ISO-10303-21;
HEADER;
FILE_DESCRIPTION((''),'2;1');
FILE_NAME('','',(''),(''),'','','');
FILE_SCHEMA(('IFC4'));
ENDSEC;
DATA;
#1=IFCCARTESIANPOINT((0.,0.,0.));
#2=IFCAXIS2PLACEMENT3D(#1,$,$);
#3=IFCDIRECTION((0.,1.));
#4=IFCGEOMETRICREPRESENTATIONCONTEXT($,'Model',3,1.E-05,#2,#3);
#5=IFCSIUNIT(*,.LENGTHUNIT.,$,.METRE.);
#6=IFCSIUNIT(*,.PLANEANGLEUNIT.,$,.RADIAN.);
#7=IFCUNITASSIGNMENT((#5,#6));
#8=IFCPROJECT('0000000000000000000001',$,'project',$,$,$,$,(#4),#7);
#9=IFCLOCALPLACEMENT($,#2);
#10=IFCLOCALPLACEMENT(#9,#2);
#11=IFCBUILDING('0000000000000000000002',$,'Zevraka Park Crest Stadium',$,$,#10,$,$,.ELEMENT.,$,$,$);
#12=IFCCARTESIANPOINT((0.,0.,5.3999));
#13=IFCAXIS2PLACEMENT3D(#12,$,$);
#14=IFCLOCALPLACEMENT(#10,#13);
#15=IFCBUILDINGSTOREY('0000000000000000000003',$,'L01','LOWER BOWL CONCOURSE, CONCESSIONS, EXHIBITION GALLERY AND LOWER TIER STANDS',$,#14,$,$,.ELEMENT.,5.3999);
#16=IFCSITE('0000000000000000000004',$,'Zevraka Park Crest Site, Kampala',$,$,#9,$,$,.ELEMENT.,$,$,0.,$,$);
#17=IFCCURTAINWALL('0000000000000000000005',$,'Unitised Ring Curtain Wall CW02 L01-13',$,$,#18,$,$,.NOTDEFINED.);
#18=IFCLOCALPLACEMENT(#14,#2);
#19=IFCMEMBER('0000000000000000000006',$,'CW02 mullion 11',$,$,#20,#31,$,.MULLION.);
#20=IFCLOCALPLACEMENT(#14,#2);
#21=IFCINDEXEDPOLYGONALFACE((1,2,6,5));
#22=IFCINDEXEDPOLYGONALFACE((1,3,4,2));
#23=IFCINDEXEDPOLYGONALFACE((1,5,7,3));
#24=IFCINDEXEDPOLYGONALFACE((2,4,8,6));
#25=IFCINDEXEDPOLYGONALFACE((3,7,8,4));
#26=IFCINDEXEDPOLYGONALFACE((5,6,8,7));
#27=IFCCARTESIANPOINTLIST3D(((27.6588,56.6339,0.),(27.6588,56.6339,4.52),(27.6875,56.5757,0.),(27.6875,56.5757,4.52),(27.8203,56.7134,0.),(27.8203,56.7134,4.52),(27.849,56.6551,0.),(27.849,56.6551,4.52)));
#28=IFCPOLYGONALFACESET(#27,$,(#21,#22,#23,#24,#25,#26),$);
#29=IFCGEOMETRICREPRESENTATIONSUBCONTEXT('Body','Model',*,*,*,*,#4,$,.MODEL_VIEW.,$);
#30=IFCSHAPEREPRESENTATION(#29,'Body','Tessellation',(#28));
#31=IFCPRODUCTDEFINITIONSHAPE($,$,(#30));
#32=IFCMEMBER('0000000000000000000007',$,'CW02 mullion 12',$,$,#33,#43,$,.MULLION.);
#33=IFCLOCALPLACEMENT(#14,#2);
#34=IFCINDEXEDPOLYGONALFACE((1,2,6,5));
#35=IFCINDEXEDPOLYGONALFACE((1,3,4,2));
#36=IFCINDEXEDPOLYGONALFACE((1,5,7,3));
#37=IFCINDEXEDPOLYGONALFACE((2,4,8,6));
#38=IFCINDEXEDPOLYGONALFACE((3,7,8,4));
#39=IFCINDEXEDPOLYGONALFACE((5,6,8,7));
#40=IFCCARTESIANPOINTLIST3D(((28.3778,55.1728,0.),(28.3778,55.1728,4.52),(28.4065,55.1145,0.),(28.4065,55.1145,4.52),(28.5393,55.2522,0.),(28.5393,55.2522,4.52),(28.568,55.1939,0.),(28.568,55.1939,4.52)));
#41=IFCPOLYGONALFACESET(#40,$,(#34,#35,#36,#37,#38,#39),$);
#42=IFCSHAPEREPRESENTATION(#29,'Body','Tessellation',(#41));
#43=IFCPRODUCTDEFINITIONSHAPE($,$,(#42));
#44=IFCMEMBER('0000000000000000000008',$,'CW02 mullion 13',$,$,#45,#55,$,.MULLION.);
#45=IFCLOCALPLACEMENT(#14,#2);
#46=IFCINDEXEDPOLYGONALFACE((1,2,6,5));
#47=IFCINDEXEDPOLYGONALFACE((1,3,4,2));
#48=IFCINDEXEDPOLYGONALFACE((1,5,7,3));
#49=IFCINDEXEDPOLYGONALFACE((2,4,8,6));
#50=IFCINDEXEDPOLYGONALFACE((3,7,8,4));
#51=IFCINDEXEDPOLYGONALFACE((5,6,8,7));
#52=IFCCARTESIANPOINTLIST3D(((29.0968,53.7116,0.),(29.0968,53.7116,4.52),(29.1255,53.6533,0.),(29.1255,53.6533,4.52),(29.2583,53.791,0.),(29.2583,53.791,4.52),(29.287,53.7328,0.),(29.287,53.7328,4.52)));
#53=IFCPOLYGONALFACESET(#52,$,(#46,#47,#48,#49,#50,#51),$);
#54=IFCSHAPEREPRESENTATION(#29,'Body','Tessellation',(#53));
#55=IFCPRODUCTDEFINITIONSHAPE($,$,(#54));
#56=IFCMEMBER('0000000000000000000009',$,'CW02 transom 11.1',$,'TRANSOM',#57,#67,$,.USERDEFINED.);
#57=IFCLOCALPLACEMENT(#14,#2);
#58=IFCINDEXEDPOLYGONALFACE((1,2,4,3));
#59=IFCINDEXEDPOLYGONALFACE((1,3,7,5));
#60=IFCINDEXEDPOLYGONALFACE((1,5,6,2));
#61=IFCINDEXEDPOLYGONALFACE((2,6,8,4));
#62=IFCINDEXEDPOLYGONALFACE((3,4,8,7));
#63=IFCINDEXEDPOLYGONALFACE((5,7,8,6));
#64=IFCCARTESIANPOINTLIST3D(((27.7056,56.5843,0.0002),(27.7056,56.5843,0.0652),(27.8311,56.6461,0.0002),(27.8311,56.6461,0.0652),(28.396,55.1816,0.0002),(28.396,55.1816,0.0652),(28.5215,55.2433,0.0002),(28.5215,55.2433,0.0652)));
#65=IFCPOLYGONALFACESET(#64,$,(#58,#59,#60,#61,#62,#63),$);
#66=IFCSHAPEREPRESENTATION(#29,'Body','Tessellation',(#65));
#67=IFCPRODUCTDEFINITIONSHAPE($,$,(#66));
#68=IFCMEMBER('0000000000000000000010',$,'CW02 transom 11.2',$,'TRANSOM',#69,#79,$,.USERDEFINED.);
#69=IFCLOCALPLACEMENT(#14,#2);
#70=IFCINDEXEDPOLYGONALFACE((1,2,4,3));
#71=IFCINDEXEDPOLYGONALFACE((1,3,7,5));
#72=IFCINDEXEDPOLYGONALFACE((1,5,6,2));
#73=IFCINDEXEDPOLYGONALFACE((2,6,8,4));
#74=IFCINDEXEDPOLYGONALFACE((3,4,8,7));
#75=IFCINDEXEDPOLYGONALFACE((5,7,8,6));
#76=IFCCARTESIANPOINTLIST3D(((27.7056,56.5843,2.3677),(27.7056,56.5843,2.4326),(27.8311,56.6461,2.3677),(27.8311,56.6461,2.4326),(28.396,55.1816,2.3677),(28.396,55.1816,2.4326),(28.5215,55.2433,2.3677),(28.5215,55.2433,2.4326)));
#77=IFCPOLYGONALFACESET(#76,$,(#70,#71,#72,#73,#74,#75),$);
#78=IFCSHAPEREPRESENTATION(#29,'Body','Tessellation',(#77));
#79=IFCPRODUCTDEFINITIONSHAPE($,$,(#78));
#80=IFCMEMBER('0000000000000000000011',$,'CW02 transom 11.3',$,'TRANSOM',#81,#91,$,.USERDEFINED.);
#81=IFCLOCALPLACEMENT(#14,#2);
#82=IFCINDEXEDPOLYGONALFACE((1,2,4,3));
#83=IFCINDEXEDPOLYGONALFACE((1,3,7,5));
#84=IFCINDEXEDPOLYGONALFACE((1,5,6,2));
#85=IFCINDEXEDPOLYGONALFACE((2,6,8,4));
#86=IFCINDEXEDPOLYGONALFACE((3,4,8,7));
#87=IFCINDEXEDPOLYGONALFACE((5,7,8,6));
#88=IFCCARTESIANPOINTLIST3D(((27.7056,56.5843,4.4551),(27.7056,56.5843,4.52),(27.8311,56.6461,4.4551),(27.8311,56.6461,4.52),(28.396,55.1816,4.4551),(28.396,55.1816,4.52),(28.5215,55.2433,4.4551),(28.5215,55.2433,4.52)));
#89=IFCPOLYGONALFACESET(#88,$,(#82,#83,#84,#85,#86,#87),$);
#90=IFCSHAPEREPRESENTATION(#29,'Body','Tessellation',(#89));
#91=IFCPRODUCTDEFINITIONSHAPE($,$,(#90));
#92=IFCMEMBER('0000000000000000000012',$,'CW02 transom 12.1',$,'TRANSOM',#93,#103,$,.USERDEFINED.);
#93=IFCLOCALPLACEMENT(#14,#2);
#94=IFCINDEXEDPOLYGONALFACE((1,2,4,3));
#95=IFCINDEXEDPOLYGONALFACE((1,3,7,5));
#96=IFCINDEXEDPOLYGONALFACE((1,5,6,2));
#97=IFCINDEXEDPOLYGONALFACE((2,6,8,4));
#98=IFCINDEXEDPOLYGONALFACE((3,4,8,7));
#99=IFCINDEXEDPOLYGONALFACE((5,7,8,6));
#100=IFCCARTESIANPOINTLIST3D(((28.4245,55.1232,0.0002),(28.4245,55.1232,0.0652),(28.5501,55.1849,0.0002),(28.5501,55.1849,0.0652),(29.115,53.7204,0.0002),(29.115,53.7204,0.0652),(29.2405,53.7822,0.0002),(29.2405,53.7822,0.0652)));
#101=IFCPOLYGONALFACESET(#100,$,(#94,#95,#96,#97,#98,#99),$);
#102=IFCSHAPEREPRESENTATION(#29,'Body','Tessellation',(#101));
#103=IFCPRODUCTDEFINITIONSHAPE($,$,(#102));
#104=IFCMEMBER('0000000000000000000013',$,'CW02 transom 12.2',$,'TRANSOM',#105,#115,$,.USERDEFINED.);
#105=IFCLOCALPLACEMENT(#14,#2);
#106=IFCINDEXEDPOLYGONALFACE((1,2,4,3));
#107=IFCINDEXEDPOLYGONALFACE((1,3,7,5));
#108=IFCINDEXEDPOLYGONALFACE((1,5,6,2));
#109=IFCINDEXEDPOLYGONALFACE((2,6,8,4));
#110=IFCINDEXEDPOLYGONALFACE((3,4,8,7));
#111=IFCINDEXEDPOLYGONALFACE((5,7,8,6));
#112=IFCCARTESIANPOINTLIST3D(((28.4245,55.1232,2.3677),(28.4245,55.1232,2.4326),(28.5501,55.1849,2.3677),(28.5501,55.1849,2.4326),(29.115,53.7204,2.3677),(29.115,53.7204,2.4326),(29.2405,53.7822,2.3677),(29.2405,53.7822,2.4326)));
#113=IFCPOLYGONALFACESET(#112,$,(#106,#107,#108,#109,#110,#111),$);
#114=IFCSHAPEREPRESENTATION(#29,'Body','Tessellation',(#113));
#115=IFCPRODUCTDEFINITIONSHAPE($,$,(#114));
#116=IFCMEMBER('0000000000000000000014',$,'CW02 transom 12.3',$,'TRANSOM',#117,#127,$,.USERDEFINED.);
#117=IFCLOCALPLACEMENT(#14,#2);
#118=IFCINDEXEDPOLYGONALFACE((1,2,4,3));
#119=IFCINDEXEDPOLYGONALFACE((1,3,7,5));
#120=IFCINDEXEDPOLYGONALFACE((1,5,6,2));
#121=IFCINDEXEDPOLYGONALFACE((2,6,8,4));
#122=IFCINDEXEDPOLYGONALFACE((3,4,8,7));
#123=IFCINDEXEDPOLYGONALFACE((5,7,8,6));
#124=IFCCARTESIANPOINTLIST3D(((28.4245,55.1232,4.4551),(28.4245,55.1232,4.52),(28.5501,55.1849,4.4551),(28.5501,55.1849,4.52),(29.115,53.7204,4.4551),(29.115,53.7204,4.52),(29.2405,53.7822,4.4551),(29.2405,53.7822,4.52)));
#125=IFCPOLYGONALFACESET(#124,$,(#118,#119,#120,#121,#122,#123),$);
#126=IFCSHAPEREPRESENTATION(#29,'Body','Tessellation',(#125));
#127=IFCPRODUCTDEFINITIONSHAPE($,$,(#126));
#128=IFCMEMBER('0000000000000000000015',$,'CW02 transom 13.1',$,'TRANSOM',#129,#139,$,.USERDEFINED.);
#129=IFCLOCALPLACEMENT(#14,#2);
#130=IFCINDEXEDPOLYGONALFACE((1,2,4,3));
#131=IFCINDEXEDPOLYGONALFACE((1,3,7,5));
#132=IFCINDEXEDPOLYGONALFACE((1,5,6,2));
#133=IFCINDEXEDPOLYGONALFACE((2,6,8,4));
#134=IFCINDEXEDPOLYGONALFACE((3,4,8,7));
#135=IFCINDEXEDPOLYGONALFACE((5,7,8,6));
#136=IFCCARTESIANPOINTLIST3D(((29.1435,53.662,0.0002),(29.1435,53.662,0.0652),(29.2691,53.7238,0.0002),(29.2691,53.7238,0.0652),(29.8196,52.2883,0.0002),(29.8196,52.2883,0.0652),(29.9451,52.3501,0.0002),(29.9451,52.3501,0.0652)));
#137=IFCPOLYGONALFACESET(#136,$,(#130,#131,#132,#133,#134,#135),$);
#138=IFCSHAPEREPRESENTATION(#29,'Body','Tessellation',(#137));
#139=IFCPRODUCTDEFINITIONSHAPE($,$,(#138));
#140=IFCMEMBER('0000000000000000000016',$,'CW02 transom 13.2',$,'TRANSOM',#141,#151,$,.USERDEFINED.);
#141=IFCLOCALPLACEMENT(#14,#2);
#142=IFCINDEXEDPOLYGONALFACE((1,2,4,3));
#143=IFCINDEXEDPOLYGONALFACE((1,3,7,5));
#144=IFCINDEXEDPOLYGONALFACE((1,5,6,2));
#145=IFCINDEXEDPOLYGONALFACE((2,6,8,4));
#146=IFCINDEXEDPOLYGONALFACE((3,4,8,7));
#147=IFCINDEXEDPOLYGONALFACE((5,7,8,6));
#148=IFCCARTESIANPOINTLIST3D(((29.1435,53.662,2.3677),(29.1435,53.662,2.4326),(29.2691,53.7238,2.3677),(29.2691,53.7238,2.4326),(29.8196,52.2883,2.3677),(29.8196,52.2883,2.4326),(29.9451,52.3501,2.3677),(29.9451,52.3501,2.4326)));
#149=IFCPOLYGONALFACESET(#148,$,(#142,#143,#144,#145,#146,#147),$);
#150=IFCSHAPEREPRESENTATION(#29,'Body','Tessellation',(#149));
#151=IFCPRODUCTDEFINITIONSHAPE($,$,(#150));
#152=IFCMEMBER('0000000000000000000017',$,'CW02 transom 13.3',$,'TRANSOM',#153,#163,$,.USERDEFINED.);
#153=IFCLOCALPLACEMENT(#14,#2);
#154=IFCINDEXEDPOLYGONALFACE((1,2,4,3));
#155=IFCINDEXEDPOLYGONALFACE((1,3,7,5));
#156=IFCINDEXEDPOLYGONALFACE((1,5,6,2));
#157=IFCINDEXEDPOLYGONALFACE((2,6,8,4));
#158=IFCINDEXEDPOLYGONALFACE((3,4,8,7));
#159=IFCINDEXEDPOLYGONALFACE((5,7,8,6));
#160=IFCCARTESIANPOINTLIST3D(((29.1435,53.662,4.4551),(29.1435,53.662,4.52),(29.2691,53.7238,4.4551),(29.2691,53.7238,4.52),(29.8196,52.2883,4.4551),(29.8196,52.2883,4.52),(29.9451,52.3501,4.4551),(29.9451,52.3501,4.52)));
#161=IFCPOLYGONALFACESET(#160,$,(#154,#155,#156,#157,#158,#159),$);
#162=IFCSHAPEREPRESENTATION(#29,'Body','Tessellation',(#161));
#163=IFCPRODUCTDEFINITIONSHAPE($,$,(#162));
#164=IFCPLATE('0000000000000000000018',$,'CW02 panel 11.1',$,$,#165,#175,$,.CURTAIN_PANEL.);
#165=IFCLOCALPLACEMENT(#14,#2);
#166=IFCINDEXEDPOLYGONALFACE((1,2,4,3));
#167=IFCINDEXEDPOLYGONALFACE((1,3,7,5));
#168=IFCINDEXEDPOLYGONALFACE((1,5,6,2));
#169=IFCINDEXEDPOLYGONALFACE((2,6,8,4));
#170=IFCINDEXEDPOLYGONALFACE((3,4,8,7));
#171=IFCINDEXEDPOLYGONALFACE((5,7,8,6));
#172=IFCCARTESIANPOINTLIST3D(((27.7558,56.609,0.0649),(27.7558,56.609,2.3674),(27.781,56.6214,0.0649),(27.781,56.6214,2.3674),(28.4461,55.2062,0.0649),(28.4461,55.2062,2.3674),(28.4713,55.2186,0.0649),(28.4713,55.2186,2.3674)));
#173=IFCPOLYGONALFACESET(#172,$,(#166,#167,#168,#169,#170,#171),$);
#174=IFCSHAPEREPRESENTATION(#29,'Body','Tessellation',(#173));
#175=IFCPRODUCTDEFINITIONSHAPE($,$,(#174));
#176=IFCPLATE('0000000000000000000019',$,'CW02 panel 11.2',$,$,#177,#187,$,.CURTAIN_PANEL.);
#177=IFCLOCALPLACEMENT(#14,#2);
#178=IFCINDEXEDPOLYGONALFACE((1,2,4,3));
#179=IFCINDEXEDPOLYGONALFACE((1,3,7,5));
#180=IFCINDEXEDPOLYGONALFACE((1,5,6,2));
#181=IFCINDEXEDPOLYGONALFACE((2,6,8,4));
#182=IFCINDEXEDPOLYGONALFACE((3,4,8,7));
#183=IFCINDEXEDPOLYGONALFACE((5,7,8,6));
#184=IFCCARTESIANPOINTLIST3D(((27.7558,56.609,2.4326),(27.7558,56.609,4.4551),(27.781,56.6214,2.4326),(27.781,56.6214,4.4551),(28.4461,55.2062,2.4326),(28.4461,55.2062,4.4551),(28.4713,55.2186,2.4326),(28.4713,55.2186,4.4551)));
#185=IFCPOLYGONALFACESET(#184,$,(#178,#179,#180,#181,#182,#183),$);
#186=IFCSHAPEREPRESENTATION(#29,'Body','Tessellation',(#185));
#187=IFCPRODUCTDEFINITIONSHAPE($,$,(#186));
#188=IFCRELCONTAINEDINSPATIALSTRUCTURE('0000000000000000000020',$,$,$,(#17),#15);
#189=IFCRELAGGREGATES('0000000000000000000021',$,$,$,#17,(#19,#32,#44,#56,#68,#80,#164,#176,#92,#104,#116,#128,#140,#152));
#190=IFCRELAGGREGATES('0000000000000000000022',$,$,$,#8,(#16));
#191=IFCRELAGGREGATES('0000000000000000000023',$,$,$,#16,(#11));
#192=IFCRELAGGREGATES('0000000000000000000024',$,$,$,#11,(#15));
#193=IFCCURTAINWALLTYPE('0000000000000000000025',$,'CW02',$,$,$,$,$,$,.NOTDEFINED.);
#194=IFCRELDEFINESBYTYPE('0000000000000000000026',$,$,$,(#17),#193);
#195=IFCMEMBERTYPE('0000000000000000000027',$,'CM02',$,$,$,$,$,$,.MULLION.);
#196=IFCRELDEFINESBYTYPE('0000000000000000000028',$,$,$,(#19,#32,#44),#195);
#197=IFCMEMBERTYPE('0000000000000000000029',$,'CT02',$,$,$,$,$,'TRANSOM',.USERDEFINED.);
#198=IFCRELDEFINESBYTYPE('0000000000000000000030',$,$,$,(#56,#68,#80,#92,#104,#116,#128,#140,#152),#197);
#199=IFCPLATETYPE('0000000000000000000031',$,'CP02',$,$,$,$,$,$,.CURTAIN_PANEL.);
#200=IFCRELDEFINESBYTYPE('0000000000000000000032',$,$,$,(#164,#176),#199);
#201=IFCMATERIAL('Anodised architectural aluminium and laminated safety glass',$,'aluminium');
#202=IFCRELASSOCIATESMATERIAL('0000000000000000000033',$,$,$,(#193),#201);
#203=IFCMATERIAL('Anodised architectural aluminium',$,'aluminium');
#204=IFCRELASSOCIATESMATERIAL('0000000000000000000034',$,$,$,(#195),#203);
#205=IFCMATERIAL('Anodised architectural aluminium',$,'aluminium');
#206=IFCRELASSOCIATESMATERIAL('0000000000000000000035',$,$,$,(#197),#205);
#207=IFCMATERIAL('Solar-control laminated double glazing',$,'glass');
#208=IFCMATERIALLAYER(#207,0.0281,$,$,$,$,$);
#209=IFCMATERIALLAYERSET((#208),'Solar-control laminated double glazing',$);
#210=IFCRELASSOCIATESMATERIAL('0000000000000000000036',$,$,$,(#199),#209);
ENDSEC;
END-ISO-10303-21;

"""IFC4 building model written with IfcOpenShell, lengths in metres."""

from ifc_helpers import new_model, si_unit, direction, frame, origin, origin_2d, place, context, subcontext, project, spatial, rectangle, extrude, material, layer, layer_set, material_profile, profile_set, type_object, element, aggregate, save


model = new_model("IFC4")

# Units and contexts
model_context = context("Model", 3, precision=1e-05, world=origin(), true_north=direction((0.0, 1.0)))
body_context = subcontext(model_context, "Body", "Model", "MODEL_VIEW")
ifc_project = project(units=[si_unit("LENGTHUNIT", "METRE"), si_unit("PLANEANGLEUNIT", "RADIAN")], contexts=[model_context])

# Site, building, storey
site_placement = place(None, origin())
site = spatial("IfcSite", under=ifc_project, at=site_placement, Name="Zevraka Park Crest Site, Kampala", CompositionType="ELEMENT", RefElevation=0.0)
building_placement = place(site_placement, origin())
building = spatial("IfcBuilding", under=site, at=building_placement, Name="Zevraka Park Crest Stadium", CompositionType="ELEMENT")
storey_placement = place(building_placement, frame((0.0, 0.0, 5.3999)))
storey = spatial("IfcBuildingStorey", under=building, at=storey_placement, Name="L01", Description="LOWER BOWL CONCOURSE, CONCESSIONS, EXHIBITION GALLERY AND LOWER TIER STANDS", CompositionType="ELEMENT", Elevation=5.3999)

# Curtain wall, members, plates
ifc_material_1 = material(Name="Anodised architectural aluminium and laminated safety glass", Category="aluminium")
curtain_wall_type = type_object("IfcCurtainWallType", Name="CW02", PredefinedType="NOTDEFINED", material=ifc_material_1)
curtain_wall_placement = place(storey_placement, origin())
curtain_wall = element("IfcCurtainWall", 1, at=curtain_wall_placement, inside=storey, type_object=curtain_wall_type, Name="Unitised Ring Curtain Wall CW02 L01-13", PredefinedType="NOTDEFINED")
ifc_material_2 = material(Name="Anodised architectural aluminium", Category="aluminium")
ifc_material_profile_1 = material_profile(ifc_material_2, rectangle(XDim=0.1799, YDim=0.0649, at=origin_2d()), Name="ALU MULLION 180x65")
ifc_profile_set_1 = profile_set([ifc_material_profile_1], Name="Anodised architectural aluminium")
member_type_1 = type_object("IfcMemberType", Name="CM02", PredefinedType="MULLION", material=ifc_profile_set_1)
member_1_placement = place(storey_placement, frame((27.7539, 56.6445, 0.0), z_axis=(0.0, 0.0, 1.0), x_axis=(0.897253, 0.441517, 0.0)))
member_1 = element("IfcMember", 2, at=member_1_placement, type_object=member_type_1, Name="CW02 mullion 11", PredefinedType="MULLION", context=body_context, shape_type="SweptSolid", body=[
    extrude(rectangle(XDim=0.1799, YDim=0.0649, at=origin_2d()), origin(), (0.0, 0.0, 1.0), 4.52),
])
member_2_placement = place(storey_placement, frame((28.4729, 55.1833, 0.0), z_axis=(0.0, 0.0, 1.0), x_axis=(0.897253, 0.441517, 0.0)))
member_2 = element("IfcMember", 3, at=member_2_placement, type_object=member_type_1, Name="CW02 mullion 12", PredefinedType="MULLION", context=body_context, shape_type="SweptSolid", body=[
    extrude(rectangle(XDim=0.1799, YDim=0.0649, at=origin_2d()), origin(), (0.0, 0.0, 1.0), 4.52),
])
member_3_placement = place(storey_placement, frame((29.1919, 53.7222, 0.0), z_axis=(0.0, 0.0, 1.0), x_axis=(0.897253, 0.441517, 0.0)))
member_3 = element("IfcMember", 4, at=member_3_placement, type_object=member_type_1, Name="CW02 mullion 13", PredefinedType="MULLION", context=body_context, shape_type="SweptSolid", body=[
    extrude(rectangle(XDim=0.1799, YDim=0.0649, at=origin_2d()), origin(), (0.0, 0.0, 1.0), 4.52),
])
ifc_material_3 = material(Name="Anodised architectural aluminium", Category="aluminium")
ifc_material_profile_2 = material_profile(ifc_material_3, rectangle(XDim=0.1399, YDim=0.0649, at=origin_2d()), Name="ALU TRANSOM 140x65")
ifc_profile_set_2 = profile_set([ifc_material_profile_2], Name="Anodised architectural aluminium")
member_type_2 = type_object("IfcMemberType", Name="CT02", ElementType="TRANSOM", PredefinedType="USERDEFINED", material=ifc_profile_set_2)
member_4_placement = place(storey_placement, frame((27.7683, 56.6152, 0.0327), z_axis=(0.441583, -0.89722, 0.0), x_axis=(0.89722, 0.441583, 0.0)))
member_4 = element("IfcMember", 5, at=member_4_placement, type_object=member_type_2, Name="CW02 transom 11.1", ObjectType="TRANSOM", PredefinedType="USERDEFINED", context=body_context, shape_type="SweptSolid", body=[
    extrude(rectangle(XDim=0.1399, YDim=0.0649, at=origin_2d()), origin(), (0.0, 0.0, 1.0), 1.5635),
])
member_5_placement = place(storey_placement, frame((27.7683, 56.6152, 2.4001), z_axis=(0.441583, -0.89722, 0.0), x_axis=(0.89722, 0.441583, 0.0)))
member_5 = element("IfcMember", 6, at=member_5_placement, type_object=member_type_2, Name="CW02 transom 11.2", ObjectType="TRANSOM", PredefinedType="USERDEFINED", context=body_context, shape_type="SweptSolid", body=[
    extrude(rectangle(XDim=0.1399, YDim=0.0649, at=origin_2d()), origin(), (0.0, 0.0, 1.0), 1.5635),
])
member_6_placement = place(storey_placement, frame((27.7683, 56.6152, 4.4875), z_axis=(0.441583, -0.89722, 0.0), x_axis=(0.89722, 0.441583, 0.0)))
member_6 = element("IfcMember", 7, at=member_6_placement, type_object=member_type_2, Name="CW02 transom 11.3", ObjectType="TRANSOM", PredefinedType="USERDEFINED", context=body_context, shape_type="SweptSolid", body=[
    extrude(rectangle(XDim=0.1399, YDim=0.0649, at=origin_2d()), origin(), (0.0, 0.0, 1.0), 1.5635),
])
member_7_placement = place(storey_placement, frame((28.4873, 55.1541, 0.0327), z_axis=(0.441583, -0.89722, 0.0), x_axis=(0.89722, 0.441583, 0.0)))
member_7 = element("IfcMember", 8, at=member_7_placement, type_object=member_type_2, Name="CW02 transom 12.1", ObjectType="TRANSOM", PredefinedType="USERDEFINED", context=body_context, shape_type="SweptSolid", body=[
    extrude(rectangle(XDim=0.1399, YDim=0.0649, at=origin_2d()), origin(), (0.0, 0.0, 1.0), 1.5635),
])
member_8_placement = place(storey_placement, frame((28.4873, 55.1541, 2.4001), z_axis=(0.441583, -0.89722, 0.0), x_axis=(0.89722, 0.441583, 0.0)))
member_8 = element("IfcMember", 9, at=member_8_placement, type_object=member_type_2, Name="CW02 transom 12.2", ObjectType="TRANSOM", PredefinedType="USERDEFINED", context=body_context, shape_type="SweptSolid", body=[
    extrude(rectangle(XDim=0.1399, YDim=0.0649, at=origin_2d()), origin(), (0.0, 0.0, 1.0), 1.5635),
])
member_9_placement = place(storey_placement, frame((28.4873, 55.1541, 4.4875), z_axis=(0.441583, -0.89722, 0.0), x_axis=(0.89722, 0.441583, 0.0)))
member_9 = element("IfcMember", 10, at=member_9_placement, type_object=member_type_2, Name="CW02 transom 12.3", ObjectType="TRANSOM", PredefinedType="USERDEFINED", context=body_context, shape_type="SweptSolid", body=[
    extrude(rectangle(XDim=0.1399, YDim=0.0649, at=origin_2d()), origin(), (0.0, 0.0, 1.0), 1.5635),
])
member_10_placement = place(storey_placement, frame((29.2063, 53.6929, 0.0327), z_axis=(0.441591, -0.897216, 0.0), x_axis=(0.897216, 0.441591, 0.0)))
member_10 = element("IfcMember", 11, at=member_10_placement, type_object=member_type_2, Name="CW02 transom 13.1", ObjectType="TRANSOM", PredefinedType="USERDEFINED", context=body_context, shape_type="SweptSolid", body=[
    extrude(rectangle(XDim=0.1399, YDim=0.0649, at=origin_2d()), origin(), (0.0, 0.0, 1.0), 1.531),
])
member_11_placement = place(storey_placement, frame((29.2063, 53.6929, 2.4001), z_axis=(0.441591, -0.897216, 0.0), x_axis=(0.897216, 0.441591, 0.0)))
member_11 = element("IfcMember", 12, at=member_11_placement, type_object=member_type_2, Name="CW02 transom 13.2", ObjectType="TRANSOM", PredefinedType="USERDEFINED", context=body_context, shape_type="SweptSolid", body=[
    extrude(rectangle(XDim=0.1399, YDim=0.0649, at=origin_2d()), origin(), (0.0, 0.0, 1.0), 1.531),
])
member_12_placement = place(storey_placement, frame((29.2063, 53.6929, 4.4875), z_axis=(0.441591, -0.897216, 0.0), x_axis=(0.897216, 0.441591, 0.0)))
member_12 = element("IfcMember", 13, at=member_12_placement, type_object=member_type_2, Name="CW02 transom 13.3", ObjectType="TRANSOM", PredefinedType="USERDEFINED", context=body_context, shape_type="SweptSolid", body=[
    extrude(rectangle(XDim=0.1399, YDim=0.0649, at=origin_2d()), origin(), (0.0, 0.0, 1.0), 1.531),
])
ifc_material_4 = material(Name="Solar-control laminated double glazing", Category="glass")
ifc_layer_1 = layer(ifc_material_4, 0.0281)
ifc_layer_set_1 = layer_set([ifc_layer_1], Name="Solar-control laminated double glazing")
plate_type = type_object("IfcPlateType", Name="CP02", PredefinedType="CURTAIN_PANEL", material=ifc_layer_set_1)
plate_1_placement = place(storey_placement, frame((28.1135, 55.9138, 0.0649), z_axis=(0.0, 0.0, 1.0), x_axis=(0.441517, -0.897253, 0.0)))
plate_1 = element("IfcPlate", 14, at=plate_1_placement, type_object=plate_type, Name="CW02 panel 11.1", PredefinedType="CURTAIN_PANEL", context=body_context, shape_type="SweptSolid", body=[
    extrude(rectangle(XDim=1.5635, YDim=0.0281, at=origin_2d()), origin(), (0.0, 0.0, 1.0), 2.3025),
])
plate_2_placement = place(storey_placement, frame((28.1135, 55.9138, 2.4326), z_axis=(0.0, 0.0, 1.0), x_axis=(0.441517, -0.897253, 0.0)))
plate_2 = element("IfcPlate", 15, at=plate_2_placement, type_object=plate_type, Name="CW02 panel 11.2", PredefinedType="CURTAIN_PANEL", context=body_context, shape_type="SweptSolid", body=[
    extrude(rectangle(XDim=1.5635, YDim=0.0281, at=origin_2d()), origin(), (0.0, 0.0, 1.0), 2.0225),
])
aggregate(curtain_wall, [member_1, member_2, member_3, member_4, member_5, member_6, plate_1, plate_2, member_7, member_8, member_9, member_10, member_11, member_12])

save(model, "model.ifc")
